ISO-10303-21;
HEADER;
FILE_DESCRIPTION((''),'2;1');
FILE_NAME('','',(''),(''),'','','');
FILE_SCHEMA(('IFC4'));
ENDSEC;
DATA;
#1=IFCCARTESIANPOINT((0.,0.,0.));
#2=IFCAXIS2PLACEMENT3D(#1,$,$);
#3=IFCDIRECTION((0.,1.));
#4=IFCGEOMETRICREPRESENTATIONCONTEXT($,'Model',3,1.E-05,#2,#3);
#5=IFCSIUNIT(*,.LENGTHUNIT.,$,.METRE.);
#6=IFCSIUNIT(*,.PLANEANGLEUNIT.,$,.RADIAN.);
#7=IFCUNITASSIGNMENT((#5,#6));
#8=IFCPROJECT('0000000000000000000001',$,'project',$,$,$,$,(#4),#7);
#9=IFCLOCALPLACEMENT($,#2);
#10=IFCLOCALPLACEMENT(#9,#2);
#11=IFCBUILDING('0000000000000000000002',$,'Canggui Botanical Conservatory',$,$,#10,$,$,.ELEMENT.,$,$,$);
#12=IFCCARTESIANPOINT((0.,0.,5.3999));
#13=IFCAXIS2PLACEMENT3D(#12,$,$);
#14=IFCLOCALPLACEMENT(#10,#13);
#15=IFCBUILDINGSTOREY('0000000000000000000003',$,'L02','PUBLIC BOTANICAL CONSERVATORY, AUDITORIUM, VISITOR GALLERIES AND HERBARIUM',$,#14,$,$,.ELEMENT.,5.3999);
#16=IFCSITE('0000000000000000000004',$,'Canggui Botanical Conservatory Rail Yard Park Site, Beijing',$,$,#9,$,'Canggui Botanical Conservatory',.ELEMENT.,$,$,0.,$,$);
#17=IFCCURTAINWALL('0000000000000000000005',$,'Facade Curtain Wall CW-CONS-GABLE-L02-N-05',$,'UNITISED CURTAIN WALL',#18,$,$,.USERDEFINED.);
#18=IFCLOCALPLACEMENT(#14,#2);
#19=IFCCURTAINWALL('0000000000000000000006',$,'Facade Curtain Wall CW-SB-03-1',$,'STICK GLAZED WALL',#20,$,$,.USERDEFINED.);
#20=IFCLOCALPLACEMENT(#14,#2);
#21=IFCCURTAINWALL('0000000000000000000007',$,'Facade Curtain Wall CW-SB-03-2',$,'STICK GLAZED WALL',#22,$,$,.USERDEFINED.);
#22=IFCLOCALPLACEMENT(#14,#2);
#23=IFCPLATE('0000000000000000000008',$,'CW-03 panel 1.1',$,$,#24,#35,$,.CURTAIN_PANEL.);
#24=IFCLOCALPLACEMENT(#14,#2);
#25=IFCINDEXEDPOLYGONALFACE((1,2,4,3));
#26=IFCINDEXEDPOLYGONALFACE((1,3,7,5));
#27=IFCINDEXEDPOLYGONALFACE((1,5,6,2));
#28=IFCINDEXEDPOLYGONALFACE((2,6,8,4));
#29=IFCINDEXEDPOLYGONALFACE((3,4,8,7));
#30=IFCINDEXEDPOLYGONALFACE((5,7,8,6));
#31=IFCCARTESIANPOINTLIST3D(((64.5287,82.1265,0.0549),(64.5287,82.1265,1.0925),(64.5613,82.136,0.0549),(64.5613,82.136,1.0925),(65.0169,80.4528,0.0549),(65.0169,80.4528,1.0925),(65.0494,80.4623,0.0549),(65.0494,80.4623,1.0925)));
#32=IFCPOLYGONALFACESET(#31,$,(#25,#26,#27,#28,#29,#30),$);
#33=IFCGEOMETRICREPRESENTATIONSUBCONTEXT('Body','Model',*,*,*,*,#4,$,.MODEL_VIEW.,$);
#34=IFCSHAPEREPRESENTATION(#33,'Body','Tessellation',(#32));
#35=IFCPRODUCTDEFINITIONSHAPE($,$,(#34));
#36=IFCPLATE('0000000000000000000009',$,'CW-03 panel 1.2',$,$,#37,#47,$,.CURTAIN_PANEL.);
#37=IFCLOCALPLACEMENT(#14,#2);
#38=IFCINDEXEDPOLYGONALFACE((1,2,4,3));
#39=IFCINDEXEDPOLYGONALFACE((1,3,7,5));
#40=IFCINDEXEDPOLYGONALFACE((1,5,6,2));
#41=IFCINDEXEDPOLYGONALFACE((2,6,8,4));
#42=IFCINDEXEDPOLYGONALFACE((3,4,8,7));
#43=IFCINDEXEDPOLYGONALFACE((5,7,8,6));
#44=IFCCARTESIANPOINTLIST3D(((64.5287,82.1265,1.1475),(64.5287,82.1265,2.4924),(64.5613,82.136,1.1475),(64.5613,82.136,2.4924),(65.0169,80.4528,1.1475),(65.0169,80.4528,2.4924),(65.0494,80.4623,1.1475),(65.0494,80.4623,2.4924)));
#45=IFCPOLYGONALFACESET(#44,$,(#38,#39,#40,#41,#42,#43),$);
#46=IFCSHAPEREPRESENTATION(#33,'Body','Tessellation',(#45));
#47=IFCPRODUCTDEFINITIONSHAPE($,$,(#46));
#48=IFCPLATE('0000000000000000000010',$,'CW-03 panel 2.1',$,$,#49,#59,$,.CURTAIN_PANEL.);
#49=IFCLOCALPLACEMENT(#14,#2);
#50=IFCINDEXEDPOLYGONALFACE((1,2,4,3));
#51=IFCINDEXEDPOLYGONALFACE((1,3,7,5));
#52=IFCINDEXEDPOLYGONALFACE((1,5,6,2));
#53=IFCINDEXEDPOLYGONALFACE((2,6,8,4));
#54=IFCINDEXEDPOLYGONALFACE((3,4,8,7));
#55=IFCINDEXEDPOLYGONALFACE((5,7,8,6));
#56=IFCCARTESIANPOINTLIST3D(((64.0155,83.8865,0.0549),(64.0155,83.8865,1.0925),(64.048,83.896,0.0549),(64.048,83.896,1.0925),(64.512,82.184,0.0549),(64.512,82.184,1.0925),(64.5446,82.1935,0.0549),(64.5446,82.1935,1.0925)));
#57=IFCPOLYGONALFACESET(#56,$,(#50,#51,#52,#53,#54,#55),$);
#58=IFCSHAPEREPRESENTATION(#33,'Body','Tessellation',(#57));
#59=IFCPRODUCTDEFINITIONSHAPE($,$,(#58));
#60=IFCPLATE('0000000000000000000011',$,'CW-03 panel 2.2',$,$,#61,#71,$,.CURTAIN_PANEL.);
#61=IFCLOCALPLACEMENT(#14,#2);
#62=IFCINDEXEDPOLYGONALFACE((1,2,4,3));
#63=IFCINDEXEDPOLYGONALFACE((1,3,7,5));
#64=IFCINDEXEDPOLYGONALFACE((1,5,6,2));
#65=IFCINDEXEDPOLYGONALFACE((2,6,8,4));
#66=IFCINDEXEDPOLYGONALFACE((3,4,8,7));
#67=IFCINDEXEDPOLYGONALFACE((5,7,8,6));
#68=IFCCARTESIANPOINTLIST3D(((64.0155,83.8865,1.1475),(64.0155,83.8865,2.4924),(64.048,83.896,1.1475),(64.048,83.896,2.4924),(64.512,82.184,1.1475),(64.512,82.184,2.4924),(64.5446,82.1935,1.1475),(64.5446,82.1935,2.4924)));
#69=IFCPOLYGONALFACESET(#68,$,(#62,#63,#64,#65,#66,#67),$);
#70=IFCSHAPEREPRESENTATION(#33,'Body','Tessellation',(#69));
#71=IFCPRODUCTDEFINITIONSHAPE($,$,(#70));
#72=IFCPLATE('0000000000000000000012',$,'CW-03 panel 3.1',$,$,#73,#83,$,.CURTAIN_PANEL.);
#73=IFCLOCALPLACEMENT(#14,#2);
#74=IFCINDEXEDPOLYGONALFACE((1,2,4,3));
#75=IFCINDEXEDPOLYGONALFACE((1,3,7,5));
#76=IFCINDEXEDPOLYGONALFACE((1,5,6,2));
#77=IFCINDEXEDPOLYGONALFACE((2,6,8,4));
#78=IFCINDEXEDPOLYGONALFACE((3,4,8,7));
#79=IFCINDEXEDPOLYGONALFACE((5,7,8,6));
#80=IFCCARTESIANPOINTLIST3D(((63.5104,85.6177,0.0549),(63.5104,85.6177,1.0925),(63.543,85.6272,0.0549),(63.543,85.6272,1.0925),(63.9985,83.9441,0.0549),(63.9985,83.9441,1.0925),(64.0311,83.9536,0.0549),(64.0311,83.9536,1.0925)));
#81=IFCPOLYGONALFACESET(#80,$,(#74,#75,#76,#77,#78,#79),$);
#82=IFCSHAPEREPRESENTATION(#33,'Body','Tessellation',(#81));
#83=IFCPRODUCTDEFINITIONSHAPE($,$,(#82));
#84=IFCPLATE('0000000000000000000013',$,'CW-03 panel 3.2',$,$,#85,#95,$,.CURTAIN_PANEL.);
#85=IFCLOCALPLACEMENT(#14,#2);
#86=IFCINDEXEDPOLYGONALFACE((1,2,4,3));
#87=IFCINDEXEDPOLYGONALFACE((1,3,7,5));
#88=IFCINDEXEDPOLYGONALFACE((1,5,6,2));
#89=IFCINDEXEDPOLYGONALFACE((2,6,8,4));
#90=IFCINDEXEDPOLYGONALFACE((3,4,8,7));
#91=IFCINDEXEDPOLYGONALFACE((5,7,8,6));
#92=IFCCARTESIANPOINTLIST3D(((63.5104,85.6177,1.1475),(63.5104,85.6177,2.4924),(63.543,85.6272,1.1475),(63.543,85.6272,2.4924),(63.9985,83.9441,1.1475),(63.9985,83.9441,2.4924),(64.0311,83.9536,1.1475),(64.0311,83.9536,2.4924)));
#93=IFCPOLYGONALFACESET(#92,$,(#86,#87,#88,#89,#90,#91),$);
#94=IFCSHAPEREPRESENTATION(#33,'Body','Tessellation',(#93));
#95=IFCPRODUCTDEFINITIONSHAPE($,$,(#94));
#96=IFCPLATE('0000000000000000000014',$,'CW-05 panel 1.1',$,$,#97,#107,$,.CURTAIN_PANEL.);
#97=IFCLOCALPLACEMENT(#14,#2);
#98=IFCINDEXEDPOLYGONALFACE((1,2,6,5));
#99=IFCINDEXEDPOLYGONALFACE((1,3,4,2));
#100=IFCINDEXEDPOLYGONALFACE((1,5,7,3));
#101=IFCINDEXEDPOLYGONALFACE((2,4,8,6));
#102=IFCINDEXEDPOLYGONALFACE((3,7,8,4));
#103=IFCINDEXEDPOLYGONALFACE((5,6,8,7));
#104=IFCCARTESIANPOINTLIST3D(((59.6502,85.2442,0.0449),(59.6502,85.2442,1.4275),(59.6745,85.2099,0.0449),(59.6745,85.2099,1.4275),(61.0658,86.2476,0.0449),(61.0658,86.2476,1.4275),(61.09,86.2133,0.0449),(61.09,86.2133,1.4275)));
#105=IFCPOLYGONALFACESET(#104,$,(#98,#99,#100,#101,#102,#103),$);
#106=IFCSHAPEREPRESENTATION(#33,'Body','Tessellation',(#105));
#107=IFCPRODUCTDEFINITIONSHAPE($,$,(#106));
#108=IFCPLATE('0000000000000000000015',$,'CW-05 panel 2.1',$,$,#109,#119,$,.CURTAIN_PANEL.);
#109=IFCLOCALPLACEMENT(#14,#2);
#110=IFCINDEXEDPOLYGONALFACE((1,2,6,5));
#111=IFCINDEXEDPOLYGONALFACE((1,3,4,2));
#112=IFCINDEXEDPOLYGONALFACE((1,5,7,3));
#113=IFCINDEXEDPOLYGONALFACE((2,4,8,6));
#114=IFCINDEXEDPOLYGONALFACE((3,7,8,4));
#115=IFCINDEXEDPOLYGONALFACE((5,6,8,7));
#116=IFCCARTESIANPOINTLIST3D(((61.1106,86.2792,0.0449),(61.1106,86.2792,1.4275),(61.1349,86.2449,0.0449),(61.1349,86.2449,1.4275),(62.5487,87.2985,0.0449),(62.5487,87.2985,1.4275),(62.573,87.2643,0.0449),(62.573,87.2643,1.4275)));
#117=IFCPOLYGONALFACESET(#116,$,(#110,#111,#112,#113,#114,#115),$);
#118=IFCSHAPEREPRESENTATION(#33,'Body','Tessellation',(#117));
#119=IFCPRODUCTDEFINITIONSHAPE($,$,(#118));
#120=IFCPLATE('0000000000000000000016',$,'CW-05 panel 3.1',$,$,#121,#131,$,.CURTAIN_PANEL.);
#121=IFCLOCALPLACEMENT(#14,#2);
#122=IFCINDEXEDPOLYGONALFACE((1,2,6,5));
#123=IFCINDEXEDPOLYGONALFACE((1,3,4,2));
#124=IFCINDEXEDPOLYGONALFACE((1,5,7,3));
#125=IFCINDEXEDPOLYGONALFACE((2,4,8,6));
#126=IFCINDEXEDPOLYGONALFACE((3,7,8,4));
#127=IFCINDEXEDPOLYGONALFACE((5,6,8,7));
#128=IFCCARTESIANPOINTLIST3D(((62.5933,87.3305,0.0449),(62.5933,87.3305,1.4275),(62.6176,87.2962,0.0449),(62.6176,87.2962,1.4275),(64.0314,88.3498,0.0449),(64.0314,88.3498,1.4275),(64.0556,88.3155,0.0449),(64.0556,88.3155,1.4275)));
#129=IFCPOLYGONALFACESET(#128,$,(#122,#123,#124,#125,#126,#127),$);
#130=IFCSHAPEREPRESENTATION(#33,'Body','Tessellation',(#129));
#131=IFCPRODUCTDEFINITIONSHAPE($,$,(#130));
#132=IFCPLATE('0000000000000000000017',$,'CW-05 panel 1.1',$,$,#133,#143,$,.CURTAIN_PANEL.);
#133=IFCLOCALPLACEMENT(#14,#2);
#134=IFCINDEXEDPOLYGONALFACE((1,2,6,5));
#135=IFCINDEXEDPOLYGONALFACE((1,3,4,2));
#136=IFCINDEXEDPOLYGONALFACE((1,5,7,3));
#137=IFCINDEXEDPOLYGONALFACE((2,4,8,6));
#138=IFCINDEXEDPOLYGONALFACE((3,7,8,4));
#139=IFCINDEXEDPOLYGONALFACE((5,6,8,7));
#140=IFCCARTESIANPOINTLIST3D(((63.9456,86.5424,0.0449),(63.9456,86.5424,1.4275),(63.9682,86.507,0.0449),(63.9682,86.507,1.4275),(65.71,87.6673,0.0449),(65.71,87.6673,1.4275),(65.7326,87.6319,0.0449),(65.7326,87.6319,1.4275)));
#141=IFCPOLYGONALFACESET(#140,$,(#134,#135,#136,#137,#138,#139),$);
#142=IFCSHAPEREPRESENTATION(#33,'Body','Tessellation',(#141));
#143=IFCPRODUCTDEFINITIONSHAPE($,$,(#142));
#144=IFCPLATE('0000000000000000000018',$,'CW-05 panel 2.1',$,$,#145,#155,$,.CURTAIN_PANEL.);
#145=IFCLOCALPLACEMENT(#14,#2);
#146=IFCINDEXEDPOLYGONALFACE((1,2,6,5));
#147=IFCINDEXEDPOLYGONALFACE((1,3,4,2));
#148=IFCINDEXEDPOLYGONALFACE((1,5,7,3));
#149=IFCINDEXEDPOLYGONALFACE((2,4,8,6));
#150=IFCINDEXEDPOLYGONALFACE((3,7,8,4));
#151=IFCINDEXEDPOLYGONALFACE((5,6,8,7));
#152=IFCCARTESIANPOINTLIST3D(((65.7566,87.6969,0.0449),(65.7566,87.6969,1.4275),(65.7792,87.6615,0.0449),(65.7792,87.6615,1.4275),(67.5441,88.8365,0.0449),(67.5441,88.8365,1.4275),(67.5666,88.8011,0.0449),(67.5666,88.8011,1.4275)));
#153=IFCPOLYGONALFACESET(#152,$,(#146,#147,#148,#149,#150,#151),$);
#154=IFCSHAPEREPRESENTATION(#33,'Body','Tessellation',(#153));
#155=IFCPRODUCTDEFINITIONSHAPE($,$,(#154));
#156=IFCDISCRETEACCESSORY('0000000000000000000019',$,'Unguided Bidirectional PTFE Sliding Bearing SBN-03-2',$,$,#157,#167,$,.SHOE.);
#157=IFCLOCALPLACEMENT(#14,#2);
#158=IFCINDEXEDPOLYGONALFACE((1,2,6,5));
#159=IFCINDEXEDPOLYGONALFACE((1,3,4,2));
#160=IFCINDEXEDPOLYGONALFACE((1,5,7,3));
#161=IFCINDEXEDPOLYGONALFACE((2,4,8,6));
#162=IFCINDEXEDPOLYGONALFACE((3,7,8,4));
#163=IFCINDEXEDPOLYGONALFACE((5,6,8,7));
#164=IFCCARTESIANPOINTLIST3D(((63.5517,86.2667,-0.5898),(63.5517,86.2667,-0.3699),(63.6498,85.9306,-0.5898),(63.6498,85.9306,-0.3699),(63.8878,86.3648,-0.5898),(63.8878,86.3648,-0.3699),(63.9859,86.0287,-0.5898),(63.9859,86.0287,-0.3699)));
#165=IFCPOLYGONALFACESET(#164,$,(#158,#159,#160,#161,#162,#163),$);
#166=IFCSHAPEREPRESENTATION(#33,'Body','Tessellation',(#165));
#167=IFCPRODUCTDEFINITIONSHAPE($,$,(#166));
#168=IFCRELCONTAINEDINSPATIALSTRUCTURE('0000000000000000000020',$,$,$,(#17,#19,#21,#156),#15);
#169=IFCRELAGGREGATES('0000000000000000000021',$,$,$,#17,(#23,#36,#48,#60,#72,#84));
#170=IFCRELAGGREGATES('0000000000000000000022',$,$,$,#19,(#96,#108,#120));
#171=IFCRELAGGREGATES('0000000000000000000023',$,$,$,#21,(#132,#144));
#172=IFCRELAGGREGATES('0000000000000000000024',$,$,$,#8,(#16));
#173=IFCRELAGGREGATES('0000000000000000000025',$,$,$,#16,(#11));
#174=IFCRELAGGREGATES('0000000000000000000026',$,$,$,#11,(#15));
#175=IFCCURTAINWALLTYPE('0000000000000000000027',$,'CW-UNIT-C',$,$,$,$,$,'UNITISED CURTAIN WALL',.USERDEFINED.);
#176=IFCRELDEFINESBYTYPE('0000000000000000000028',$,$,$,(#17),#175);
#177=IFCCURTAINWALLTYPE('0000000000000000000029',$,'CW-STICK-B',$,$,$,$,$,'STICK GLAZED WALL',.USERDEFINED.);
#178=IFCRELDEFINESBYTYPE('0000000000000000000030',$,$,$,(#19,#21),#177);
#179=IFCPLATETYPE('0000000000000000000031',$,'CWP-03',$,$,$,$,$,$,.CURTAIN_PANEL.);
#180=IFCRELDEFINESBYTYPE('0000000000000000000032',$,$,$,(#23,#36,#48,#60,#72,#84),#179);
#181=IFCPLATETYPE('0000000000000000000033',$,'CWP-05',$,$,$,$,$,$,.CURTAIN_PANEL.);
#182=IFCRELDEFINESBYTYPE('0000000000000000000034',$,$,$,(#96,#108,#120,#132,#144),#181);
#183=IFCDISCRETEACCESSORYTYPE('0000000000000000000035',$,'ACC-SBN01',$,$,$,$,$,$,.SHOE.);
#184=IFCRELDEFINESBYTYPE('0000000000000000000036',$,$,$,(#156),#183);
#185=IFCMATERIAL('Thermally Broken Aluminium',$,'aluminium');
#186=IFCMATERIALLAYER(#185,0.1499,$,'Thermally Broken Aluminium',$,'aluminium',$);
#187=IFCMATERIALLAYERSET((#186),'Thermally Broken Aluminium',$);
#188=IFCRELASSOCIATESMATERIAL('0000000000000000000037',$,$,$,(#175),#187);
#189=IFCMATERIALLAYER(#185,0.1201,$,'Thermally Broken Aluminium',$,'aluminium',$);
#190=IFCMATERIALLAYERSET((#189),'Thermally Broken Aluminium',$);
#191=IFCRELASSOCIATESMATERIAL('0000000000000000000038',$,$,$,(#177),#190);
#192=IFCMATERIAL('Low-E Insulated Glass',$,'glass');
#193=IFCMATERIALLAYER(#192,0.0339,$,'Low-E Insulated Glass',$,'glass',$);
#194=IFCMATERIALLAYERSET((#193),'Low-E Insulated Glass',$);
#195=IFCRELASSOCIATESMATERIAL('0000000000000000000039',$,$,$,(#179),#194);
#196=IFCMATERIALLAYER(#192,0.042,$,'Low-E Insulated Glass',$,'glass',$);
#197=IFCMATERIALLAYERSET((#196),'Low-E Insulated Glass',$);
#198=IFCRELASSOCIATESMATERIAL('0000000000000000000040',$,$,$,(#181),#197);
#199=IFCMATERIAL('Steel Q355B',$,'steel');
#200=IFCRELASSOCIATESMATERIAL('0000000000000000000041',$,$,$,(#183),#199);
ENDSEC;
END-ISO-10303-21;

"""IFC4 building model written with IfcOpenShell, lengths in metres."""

from ifc_helpers import new_model, si_unit, direction, frame, origin, origin_2d, place, context, subcontext, project, spatial, rectangle, extrude, material, layer, layer_set, type_object, element, aggregate, save


model = new_model("IFC4")

# Units and contexts
model_context = context("Model", 3, precision=1e-05, world=origin(), true_north=direction((0.0, 1.0)))
body_context = subcontext(model_context, "Body", "Model", "MODEL_VIEW")
ifc_project = project(units=[si_unit("LENGTHUNIT", "METRE"), si_unit("PLANEANGLEUNIT", "RADIAN")], contexts=[model_context])

# Site, building, storey
site_placement = place(None, origin())
site = spatial("IfcSite", under=ifc_project, at=site_placement, Name="Canggui Botanical Conservatory Rail Yard Park Site, Beijing", LongName="Canggui Botanical Conservatory", CompositionType="ELEMENT", RefElevation=0.0)
building_placement = place(site_placement, origin())
building = spatial("IfcBuilding", under=site, at=building_placement, Name="Canggui Botanical Conservatory", CompositionType="ELEMENT")
storey_placement = place(building_placement, frame((0.0, 0.0, 5.3999)))
storey = spatial("IfcBuildingStorey", under=building, at=storey_placement, Name="L02", Description="PUBLIC BOTANICAL CONSERVATORY, AUDITORIUM, VISITOR GALLERIES AND HERBARIUM", CompositionType="ELEMENT", Elevation=5.3999)

# Curtain walls
ifc_material_1 = material(Name="Thermally Broken Aluminium", Category="aluminium")
ifc_layer_1 = layer(ifc_material_1, 0.1499, Name="Thermally Broken Aluminium", Category="aluminium")
ifc_layer_set_1 = layer_set([ifc_layer_1], Name="Thermally Broken Aluminium")
curtain_wall_type_1 = type_object("IfcCurtainWallType", Name="CW-UNIT-C", ElementType="UNITISED CURTAIN WALL", PredefinedType="USERDEFINED", material=ifc_layer_set_1)
curtain_wall_1_placement = place(storey_placement, origin())
curtain_wall_1 = element("IfcCurtainWall", 1, at=curtain_wall_1_placement, inside=storey, type_object=curtain_wall_type_1, Name="Facade Curtain Wall CW-CONS-GABLE-L02-N-05", ObjectType="UNITISED CURTAIN WALL", PredefinedType="USERDEFINED")
ifc_layer_2 = layer(ifc_material_1, 0.1201, Name="Thermally Broken Aluminium", Category="aluminium")
ifc_layer_set_2 = layer_set([ifc_layer_2], Name="Thermally Broken Aluminium")
curtain_wall_type_2 = type_object("IfcCurtainWallType", Name="CW-STICK-B", ElementType="STICK GLAZED WALL", PredefinedType="USERDEFINED", material=ifc_layer_set_2)
curtain_wall_2_placement = place(storey_placement, origin())
curtain_wall_2 = element("IfcCurtainWall", 2, at=curtain_wall_2_placement, inside=storey, type_object=curtain_wall_type_2, Name="Facade Curtain Wall CW-SB-03-1", ObjectType="STICK GLAZED WALL", PredefinedType="USERDEFINED")
curtain_wall_3_placement = place(storey_placement, origin())
curtain_wall_3 = element("IfcCurtainWall", 3, at=curtain_wall_3_placement, inside=storey, type_object=curtain_wall_type_2, Name="Facade Curtain Wall CW-SB-03-2", ObjectType="STICK GLAZED WALL", PredefinedType="USERDEFINED")

# Shared definitions
ifc_material_2 = material(Name="Steel Q355B", Category="steel")

# Plates
ifc_material_3 = material(Name="Low-E Insulated Glass", Category="glass")
ifc_layer_3 = layer(ifc_material_3, 0.0339, Name="Low-E Insulated Glass", Category="glass")
ifc_layer_set_3 = layer_set([ifc_layer_3], Name="Low-E Insulated Glass")
plate_type_1 = type_object("IfcPlateType", Name="CWP-03", PredefinedType="CURTAIN_PANEL", material=ifc_layer_set_3)
plate_1_placement = place(storey_placement, frame((64.7891, 81.2944, 0.0549), z_axis=(0.0, 0.0, 1.0), x_axis=(-0.28, 0.96, 0.0)))
plate_1 = element("IfcPlate", 4, at=plate_1_placement, type_object=plate_type_1, Name="CW-03 panel 1.1", PredefinedType="CURTAIN_PANEL", context=body_context, shape_type="SweptSolid", body=[
    extrude(rectangle(XDim=1.7434, YDim=0.0339, at=origin_2d()), origin(), (0.0, 0.0, 1.0), 1.0376),
])
plate_2_placement = place(storey_placement, frame((64.7891, 81.2944, 1.1475), z_axis=(0.0, 0.0, 1.0), x_axis=(-0.28, 0.96, 0.0)))
plate_2 = element("IfcPlate", 5, at=plate_2_placement, type_object=plate_type_1, Name="CW-03 panel 1.2", PredefinedType="CURTAIN_PANEL", context=body_context, shape_type="SweptSolid", body=[
    extrude(rectangle(XDim=1.7434, YDim=0.0339, at=origin_2d()), origin(), (0.0, 0.0, 1.0), 1.345),
])
plate_3_placement = place(storey_placement, frame((64.28, 83.04, 0.0549), z_axis=(0.0, 0.0, 1.0), x_axis=(-0.28, 0.96, 0.0)))
plate_3 = element("IfcPlate", 6, at=plate_3_placement, type_object=plate_type_1, Name="CW-03 panel 2.1", PredefinedType="CURTAIN_PANEL", context=body_context, shape_type="SweptSolid", body=[
    extrude(rectangle(XDim=1.7734, YDim=0.0339, at=origin_2d()), origin(), (0.0, 0.0, 1.0), 1.0376),
])
plate_4_placement = place(storey_placement, frame((64.28, 83.04, 1.1475), z_axis=(0.0, 0.0, 1.0), x_axis=(-0.28, 0.96, 0.0)))
plate_4 = element("IfcPlate", 7, at=plate_4_placement, type_object=plate_type_1, Name="CW-03 panel 2.2", PredefinedType="CURTAIN_PANEL", context=body_context, shape_type="SweptSolid", body=[
    extrude(rectangle(XDim=1.7734, YDim=0.0339, at=origin_2d()), origin(), (0.0, 0.0, 1.0), 1.345),
])
plate_5_placement = place(storey_placement, frame((63.7708, 84.7856, 0.0549), z_axis=(0.0, 0.0, 1.0), x_axis=(-0.28, 0.96, 0.0)))
plate_5 = element("IfcPlate", 8, at=plate_5_placement, type_object=plate_type_1, Name="CW-03 panel 3.1", PredefinedType="CURTAIN_PANEL", context=body_context, shape_type="SweptSolid", body=[
    extrude(rectangle(XDim=1.7434, YDim=0.0339, at=origin_2d()), origin(), (0.0, 0.0, 1.0), 1.0376),
])
plate_6_placement = place(storey_placement, frame((63.7708, 84.7856, 1.1475), z_axis=(0.0, 0.0, 1.0), x_axis=(-0.28, 0.96, 0.0)))
plate_6 = element("IfcPlate", 9, at=plate_6_placement, type_object=plate_type_1, Name="CW-03 panel 3.2", PredefinedType="CURTAIN_PANEL", context=body_context, shape_type="SweptSolid", body=[
    extrude(rectangle(XDim=1.7434, YDim=0.0339, at=origin_2d()), origin(), (0.0, 0.0, 1.0), 1.345),
])
aggregate(curtain_wall_1, [plate_1, plate_2, plate_3, plate_4, plate_5, plate_6])
ifc_layer_4 = layer(ifc_material_3, 0.042, Name="Low-E Insulated Glass", Category="glass")
ifc_layer_set_4 = layer_set([ifc_layer_4], Name="Low-E Insulated Glass")
plate_type_2 = type_object("IfcPlateType", Name="CWP-05", PredefinedType="CURTAIN_PANEL", material=ifc_layer_set_4)
plate_7_placement = place(storey_placement, frame((60.3701, 85.7288, 0.0449), z_axis=(0.0, 0.0, 1.0), x_axis=(0.815837, 0.578282, 0.0)))
plate_7 = element("IfcPlate", 10, at=plate_7_placement, type_object=plate_type_2, Name="CW-05 panel 1.1", PredefinedType="CURTAIN_PANEL", context=body_context, shape_type="SweptSolid", body=[
    extrude(rectangle(XDim=1.7351, YDim=0.042, at=origin_2d()), origin(), (0.0, 0.0, 1.0), 1.3826),
])
plate_8_placement = place(storey_placement, frame((61.8418, 86.7717, 0.0449), z_axis=(0.0, 0.0, 1.0), x_axis=(0.815837, 0.578282, 0.0)))
plate_8 = element("IfcPlate", 11, at=plate_8_placement, type_object=plate_type_2, Name="CW-05 panel 2.1", PredefinedType="CURTAIN_PANEL", context=body_context, shape_type="SweptSolid", body=[
    extrude(rectangle(XDim=1.7627, YDim=0.042, at=origin_2d()), origin(), (0.0, 0.0, 1.0), 1.3826),
])
plate_9_placement = place(storey_placement, frame((63.3245, 87.823, 0.0449), z_axis=(0.0, 0.0, 1.0), x_axis=(0.815837, 0.578282, 0.0)))
plate_9 = element("IfcPlate", 12, at=plate_9_placement, type_object=plate_type_2, Name="CW-05 panel 3.1", PredefinedType="CURTAIN_PANEL", context=body_context, shape_type="SweptSolid", body=[
    extrude(rectangle(XDim=1.7627, YDim=0.042, at=origin_2d()), origin(), (0.0, 0.0, 1.0), 1.3826),
])
aggregate(curtain_wall_2, [plate_7, plate_8, plate_9])
plate_10_placement = place(storey_placement, frame((64.8391, 87.0872, 0.0449), z_axis=(0.0, 0.0, 1.0), x_axis=(0.8432, 0.5376, 0.0)))
plate_10 = element("IfcPlate", 13, at=plate_10_placement, type_object=plate_type_2, Name="CW-05 panel 1.1", PredefinedType="CURTAIN_PANEL", context=body_context, shape_type="SweptSolid", body=[
    extrude(rectangle(XDim=2.0925, YDim=0.042, at=origin_2d()), origin(), (0.0, 0.0, 1.0), 1.3826),
])
plate_11_placement = place(storey_placement, frame((66.6616, 88.249, 0.0449), z_axis=(0.0, 0.0, 1.0), x_axis=(0.8432, 0.5376, 0.0)))
plate_11 = element("IfcPlate", 14, at=plate_11_placement, type_object=plate_type_2, Name="CW-05 panel 2.1", PredefinedType="CURTAIN_PANEL", context=body_context, shape_type="SweptSolid", body=[
    extrude(rectangle(XDim=2.1199, YDim=0.042, at=origin_2d()), origin(), (0.0, 0.0, 1.0), 1.3826),
])
aggregate(curtain_wall_3, [plate_10, plate_11])

# Discrete accessory
discrete_accessory_type = type_object("IfcDiscreteAccessoryType", Name="ACC-SBN01", PredefinedType="SHOE", material=ifc_material_2)
discrete_accessory_placement = place(storey_placement, frame((63.7688, 86.1477, -0.5898), z_axis=(0.0, 0.0, 1.0), x_axis=(0.96, 0.28, 0.0)))
element("IfcDiscreteAccessory", 15, at=discrete_accessory_placement, inside=storey, type_object=discrete_accessory_type, Name="Unguided Bidirectional PTFE Sliding Bearing SBN-03-2", PredefinedType="SHOE", context=body_context, shape_type="SweptSolid", body=[
    extrude(rectangle(XDim=0.3501, YDim=0.3501, at=origin_2d()), origin(), (0.0, 0.0, 1.0), 0.22),
])

save(model, "model.ifc")
